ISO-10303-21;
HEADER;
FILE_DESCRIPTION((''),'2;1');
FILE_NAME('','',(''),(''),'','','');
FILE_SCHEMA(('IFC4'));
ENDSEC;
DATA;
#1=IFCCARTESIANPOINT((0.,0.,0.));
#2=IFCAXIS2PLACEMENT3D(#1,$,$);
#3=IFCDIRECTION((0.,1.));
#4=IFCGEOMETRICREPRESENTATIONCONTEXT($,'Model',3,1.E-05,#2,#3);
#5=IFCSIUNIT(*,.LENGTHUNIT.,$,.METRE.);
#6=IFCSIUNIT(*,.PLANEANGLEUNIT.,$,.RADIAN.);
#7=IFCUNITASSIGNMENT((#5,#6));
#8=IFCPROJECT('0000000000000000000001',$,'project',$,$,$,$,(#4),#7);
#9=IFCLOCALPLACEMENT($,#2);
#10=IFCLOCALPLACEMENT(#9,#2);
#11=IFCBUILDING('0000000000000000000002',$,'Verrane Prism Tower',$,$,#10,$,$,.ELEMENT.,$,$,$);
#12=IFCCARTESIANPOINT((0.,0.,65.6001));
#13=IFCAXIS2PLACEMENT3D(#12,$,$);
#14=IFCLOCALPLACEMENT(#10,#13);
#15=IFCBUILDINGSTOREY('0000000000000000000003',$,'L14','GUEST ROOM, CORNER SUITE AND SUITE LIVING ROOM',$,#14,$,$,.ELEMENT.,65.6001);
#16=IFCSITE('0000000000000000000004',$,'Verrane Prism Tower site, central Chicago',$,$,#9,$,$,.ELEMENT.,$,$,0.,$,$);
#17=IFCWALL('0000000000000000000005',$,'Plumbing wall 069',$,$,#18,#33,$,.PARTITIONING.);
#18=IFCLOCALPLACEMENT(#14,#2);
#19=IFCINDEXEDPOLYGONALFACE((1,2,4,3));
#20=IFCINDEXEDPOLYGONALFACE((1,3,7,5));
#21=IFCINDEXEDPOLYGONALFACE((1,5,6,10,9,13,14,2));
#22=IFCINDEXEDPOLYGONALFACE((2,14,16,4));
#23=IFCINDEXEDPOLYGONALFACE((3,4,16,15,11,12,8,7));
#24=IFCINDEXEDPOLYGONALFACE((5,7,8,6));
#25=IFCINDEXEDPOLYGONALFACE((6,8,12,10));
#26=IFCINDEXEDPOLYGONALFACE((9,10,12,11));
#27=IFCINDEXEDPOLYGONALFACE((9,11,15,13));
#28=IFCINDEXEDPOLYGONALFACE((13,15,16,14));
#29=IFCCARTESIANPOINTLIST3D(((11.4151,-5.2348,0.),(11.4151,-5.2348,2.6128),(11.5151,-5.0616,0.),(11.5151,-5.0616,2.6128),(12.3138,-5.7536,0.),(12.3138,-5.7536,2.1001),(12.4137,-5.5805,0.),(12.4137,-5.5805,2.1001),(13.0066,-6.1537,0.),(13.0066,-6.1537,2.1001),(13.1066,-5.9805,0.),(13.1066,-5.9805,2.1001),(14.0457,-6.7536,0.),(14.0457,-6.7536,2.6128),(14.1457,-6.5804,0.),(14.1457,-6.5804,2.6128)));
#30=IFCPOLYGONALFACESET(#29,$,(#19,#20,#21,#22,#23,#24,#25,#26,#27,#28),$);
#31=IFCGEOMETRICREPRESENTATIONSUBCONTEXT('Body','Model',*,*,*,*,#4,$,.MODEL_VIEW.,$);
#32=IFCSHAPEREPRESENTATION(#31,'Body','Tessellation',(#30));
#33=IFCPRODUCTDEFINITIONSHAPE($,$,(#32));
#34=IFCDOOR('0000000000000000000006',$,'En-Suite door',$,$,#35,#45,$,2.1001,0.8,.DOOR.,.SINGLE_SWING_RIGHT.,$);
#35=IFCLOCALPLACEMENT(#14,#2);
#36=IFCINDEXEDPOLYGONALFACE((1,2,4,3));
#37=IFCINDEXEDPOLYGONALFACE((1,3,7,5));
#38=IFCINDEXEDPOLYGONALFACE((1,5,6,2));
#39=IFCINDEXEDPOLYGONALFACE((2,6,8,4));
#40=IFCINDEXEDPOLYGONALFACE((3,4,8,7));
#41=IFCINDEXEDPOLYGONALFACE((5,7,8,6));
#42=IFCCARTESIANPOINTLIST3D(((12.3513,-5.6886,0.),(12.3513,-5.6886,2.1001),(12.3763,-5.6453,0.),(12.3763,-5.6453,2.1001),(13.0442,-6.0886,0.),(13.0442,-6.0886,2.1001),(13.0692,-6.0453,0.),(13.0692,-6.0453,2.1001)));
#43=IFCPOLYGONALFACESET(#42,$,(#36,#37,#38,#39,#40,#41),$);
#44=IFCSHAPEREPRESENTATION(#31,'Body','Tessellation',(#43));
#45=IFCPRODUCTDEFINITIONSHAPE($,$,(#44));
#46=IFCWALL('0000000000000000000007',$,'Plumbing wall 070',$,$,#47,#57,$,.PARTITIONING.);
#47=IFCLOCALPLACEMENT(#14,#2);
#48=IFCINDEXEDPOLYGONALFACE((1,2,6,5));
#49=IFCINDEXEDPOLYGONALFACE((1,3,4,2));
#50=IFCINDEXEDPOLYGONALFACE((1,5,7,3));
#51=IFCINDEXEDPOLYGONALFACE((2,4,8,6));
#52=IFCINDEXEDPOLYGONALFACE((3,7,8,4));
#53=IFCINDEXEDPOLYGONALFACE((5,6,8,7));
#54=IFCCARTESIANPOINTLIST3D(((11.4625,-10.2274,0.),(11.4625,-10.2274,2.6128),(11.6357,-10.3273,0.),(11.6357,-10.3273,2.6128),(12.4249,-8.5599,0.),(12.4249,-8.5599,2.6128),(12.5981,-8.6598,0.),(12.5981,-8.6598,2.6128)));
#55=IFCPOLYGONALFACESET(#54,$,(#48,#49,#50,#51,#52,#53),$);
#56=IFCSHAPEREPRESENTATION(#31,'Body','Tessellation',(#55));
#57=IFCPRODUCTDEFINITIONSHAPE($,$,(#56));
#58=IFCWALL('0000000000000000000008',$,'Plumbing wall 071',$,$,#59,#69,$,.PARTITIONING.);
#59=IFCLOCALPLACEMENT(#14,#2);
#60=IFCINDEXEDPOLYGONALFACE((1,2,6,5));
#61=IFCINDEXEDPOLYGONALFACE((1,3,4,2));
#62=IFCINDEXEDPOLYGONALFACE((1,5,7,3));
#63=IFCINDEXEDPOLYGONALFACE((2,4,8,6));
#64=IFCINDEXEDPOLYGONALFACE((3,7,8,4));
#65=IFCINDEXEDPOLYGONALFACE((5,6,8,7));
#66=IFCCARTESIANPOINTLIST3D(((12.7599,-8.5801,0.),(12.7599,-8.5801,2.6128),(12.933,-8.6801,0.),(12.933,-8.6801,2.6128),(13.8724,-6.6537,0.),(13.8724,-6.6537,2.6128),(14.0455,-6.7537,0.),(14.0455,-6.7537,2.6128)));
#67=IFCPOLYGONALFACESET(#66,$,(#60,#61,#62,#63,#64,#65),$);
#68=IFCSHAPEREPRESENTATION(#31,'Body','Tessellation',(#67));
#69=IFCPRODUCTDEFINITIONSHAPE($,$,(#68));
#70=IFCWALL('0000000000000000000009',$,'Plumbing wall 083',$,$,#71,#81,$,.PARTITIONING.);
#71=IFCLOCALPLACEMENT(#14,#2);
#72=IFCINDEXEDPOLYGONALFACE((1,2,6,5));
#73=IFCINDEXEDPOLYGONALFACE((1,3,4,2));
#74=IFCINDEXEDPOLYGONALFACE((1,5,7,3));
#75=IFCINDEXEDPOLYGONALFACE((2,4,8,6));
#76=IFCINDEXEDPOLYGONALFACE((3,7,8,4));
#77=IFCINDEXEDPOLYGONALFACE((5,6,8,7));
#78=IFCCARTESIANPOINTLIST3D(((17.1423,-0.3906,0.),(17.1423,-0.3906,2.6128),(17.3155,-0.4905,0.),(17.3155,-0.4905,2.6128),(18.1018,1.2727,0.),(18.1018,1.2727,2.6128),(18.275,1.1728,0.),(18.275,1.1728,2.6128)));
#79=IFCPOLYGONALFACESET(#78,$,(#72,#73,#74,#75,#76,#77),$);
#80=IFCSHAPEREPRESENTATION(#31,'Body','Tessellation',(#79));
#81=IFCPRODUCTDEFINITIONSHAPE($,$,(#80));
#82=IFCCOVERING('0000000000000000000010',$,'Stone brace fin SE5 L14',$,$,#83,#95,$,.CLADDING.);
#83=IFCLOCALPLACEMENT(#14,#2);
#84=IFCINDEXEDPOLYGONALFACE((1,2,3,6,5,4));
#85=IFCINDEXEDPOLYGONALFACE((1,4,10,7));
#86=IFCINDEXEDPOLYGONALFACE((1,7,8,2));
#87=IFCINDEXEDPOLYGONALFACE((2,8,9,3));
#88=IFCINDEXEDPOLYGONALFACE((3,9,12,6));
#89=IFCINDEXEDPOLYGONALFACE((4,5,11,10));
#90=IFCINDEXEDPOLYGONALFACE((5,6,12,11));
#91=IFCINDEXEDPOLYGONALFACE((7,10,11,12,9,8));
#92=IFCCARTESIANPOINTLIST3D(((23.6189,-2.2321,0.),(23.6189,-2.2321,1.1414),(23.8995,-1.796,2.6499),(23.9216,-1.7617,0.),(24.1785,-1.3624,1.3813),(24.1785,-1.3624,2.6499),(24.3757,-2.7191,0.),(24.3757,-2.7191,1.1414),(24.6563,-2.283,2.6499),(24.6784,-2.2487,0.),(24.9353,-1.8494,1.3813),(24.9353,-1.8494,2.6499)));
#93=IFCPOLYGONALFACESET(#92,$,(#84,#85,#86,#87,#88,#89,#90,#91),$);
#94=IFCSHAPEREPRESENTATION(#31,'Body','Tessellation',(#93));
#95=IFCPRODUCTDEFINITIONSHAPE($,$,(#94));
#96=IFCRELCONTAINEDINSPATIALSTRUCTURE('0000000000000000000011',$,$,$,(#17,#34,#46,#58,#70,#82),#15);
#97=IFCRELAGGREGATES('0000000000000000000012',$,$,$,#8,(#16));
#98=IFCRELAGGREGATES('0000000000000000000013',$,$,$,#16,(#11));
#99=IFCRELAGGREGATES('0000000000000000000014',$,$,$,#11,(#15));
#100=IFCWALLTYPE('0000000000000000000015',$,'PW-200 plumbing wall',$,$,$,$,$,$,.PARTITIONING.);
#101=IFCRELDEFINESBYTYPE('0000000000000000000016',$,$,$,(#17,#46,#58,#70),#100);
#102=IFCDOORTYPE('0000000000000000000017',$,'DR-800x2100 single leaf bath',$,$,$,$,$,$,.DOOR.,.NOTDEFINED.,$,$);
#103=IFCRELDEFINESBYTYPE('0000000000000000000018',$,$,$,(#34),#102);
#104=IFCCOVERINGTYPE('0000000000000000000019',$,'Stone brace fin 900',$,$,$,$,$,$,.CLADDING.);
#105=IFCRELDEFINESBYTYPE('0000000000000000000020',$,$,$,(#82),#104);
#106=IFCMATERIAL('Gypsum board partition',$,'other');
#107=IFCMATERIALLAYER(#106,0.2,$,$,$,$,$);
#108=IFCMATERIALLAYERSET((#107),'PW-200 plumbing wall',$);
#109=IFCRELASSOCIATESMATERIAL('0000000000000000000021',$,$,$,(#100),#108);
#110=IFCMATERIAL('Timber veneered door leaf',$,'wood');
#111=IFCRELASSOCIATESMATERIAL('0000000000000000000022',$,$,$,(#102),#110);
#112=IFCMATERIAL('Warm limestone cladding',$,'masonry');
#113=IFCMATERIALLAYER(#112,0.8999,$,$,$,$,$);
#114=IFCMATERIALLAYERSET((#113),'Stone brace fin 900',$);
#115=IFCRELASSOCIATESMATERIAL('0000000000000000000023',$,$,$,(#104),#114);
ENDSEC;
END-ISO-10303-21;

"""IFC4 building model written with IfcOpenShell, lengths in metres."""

from ifc_helpers import new_model, si_unit, direction, frame, frame_2d, origin, place, context, subcontext, project, spatial, polyline, rectangle, outline, extrude, material, layer, layer_set, type_object, element, fill, save


model = new_model("IFC4")

# Units and contexts
model_context = context("Model", 3, precision=1e-05, world=origin(), true_north=direction((0.0, 1.0)))
body_context = subcontext(model_context, "Body", "Model", "MODEL_VIEW")
ifc_project = project(units=[si_unit("LENGTHUNIT", "METRE"), si_unit("PLANEANGLEUNIT", "RADIAN")], contexts=[model_context])

# Site, building, storey
site_placement = place(None, origin())
site = spatial("IfcSite", under=ifc_project, at=site_placement, Name="Verrane Prism Tower site, central Chicago", CompositionType="ELEMENT", RefElevation=0.0)
building_placement = place(site_placement, origin())
building = spatial("IfcBuilding", under=site, at=building_placement, Name="Verrane Prism Tower", CompositionType="ELEMENT")
storey_placement = place(building_placement, frame((0.0, 0.0, 65.6001)))
storey = spatial("IfcBuildingStorey", under=building, at=storey_placement, Name="L14", Description="GUEST ROOM, CORNER SUITE AND SUITE LIVING ROOM", CompositionType="ELEMENT", Elevation=65.6001)

# Wall, opening, door
ifc_material_1 = material(Name="Gypsum board partition", Category="other")
ifc_layer_1 = layer(ifc_material_1, 0.2)
ifc_layer_set_1 = layer_set([ifc_layer_1], Name="PW-200 plumbing wall")
wall_type_1 = type_object("IfcWallType", Name="PW-200 plumbing wall", PredefinedType="PARTITIONING", material=ifc_layer_set_1)
ifc_material_2 = material(Name="Timber veneered door leaf", Category="wood")
door_type = type_object("IfcDoorType", Name="DR-800x2100 single leaf bath", OperationType="NOTDEFINED", PredefinedType="DOOR", material=ifc_material_2)
wall_1_placement = place(storey_placement, frame((14.0957, -6.667, 0.0), z_axis=(0.0, 0.0, 1.0), x_axis=(-0.866024, 0.500003, 0.0)))
wall_1 = element("IfcWall", 1, at=wall_1_placement, inside=storey, type_object=wall_type_1, Name="Plumbing wall 069", PredefinedType="PARTITIONING", context=body_context, shape_type="SweptSolid", body=[
    extrude(rectangle(XDim=3.0376, YDim=0.2, at=frame_2d((1.5188, 0.0))), origin(), (0.0, 0.0, 1.0), 2.6128),
])
opening_1_placement = place(wall_1_placement, frame((1.2, 0.0, 0.0)))
opening_1 = element("IfcOpeningElement", 2, at=opening_1_placement, cuts=wall_1, PredefinedType="OPENING", context=body_context, shape_type="SweptSolid", body=[
    extrude(rectangle(XDim=0.8, YDim=2.1001, at=frame_2d((0.3999, 1.05))), frame((0.0, 0.1099, 0.0), z_axis=(0.0, -1.0, 0.0), x_axis=(1.0, 0.0, 0.0)), (0.0, 0.0, 1.0), 0.22),
])
door_1_placement = place(opening_1_placement, origin())
door_1 = element("IfcDoor", 3, at=door_1_placement, inside=storey, type_object=door_type, Name="En-Suite door", OperationType="SINGLE_SWING_RIGHT", OverallHeight=2.1001, OverallWidth=0.8, PredefinedType="DOOR", context=body_context, shape_type="SweptSolid", body=[
    extrude(rectangle(XDim=0.8, YDim=2.1001, at=frame_2d((0.3999, 1.05))), frame((0.0, 0.0249, 0.0), z_axis=(0.0, -1.0, 0.0), x_axis=(1.0, 0.0, 0.0)), (0.0, 0.0, 1.0), 0.05),
])
fill(opening_1, door_1)

# Walls
wall_2_placement = place(storey_placement, frame((11.5491, -10.2773, 0.0), z_axis=(0.0, 0.0, 1.0), x_axis=(0.499876, 0.866097, 0.0)))
element("IfcWall", 4, at=wall_2_placement, inside=storey, type_object=wall_type_1, Name="Plumbing wall 070", PredefinedType="PARTITIONING", context=body_context, shape_type="SweptSolid", body=[
    extrude(rectangle(XDim=1.9253, YDim=0.2, at=frame_2d((0.9626, 0.0))), origin(), (0.0, 0.0, 1.0), 2.6128),
])
wall_3_placement = place(storey_placement, frame((12.8464, -8.6301, 0.0), z_axis=(0.0, 0.0, 1.0), x_axis=(0.500093, 0.865972, 0.0)))
element("IfcWall", 5, at=wall_3_placement, inside=storey, type_object=wall_type_1, Name="Plumbing wall 071", PredefinedType="PARTITIONING", context=body_context, shape_type="SweptSolid", body=[
    extrude(rectangle(XDim=2.2246, YDim=0.2, at=frame_2d((1.1123, 0.0))), origin(), (0.0, 0.0, 1.0), 2.6128),
])
wall_4_placement = place(storey_placement, frame((17.229, -0.4404, 0.0), z_axis=(0.0, 0.0, 1.0), x_axis=(0.499667, 0.866217, 0.0)))
element("IfcWall", 6, at=wall_4_placement, inside=storey, type_object=wall_type_1, Name="Plumbing wall 083", PredefinedType="PARTITIONING", context=body_context, shape_type="SweptSolid", body=[
    extrude(rectangle(XDim=1.9202, YDim=0.2, at=frame_2d((0.96, 0.0))), origin(), (0.0, 0.0, 1.0), 2.6128),
])

# Covering
ifc_material_3 = material(Name="Warm limestone cladding", Category="masonry")
ifc_layer_2 = layer(ifc_material_3, 0.8999)
ifc_layer_set_2 = layer_set([ifc_layer_2], Name="Stone brace fin 900")
covering_type = type_object("IfcCoveringType", Name="Stone brace fin 900", PredefinedType="CLADDING", material=ifc_layer_set_2)
covering_placement = place(storey_placement, frame((23.9973, -2.4756, 0.0), z_axis=(0.0, 0.0, 1.0), x_axis=(0.541116, 0.840948, 0.0)))
element("IfcCovering", 7, at=covering_placement, inside=storey, type_object=covering_type, Name="Stone brace fin SE5 L14", PredefinedType="CLADDING", context=body_context, shape_type="SweptSolid", body=[
    extrude(outline(polyline([(1.0342, 2.6499), (0.5186, 2.6499), (0.0, 1.1414), (0.0, 0.0), (0.5593, 0.0), (1.0342, 1.3813), (1.0342, 2.6499)])), frame((0.0, 0.45, 0.0), z_axis=(0.0, -1.0, 0.0), x_axis=(1.0, 0.0, 0.0)), (0.0, 0.0, 1.0), 0.8999),
])

save(model, "model.ifc")
